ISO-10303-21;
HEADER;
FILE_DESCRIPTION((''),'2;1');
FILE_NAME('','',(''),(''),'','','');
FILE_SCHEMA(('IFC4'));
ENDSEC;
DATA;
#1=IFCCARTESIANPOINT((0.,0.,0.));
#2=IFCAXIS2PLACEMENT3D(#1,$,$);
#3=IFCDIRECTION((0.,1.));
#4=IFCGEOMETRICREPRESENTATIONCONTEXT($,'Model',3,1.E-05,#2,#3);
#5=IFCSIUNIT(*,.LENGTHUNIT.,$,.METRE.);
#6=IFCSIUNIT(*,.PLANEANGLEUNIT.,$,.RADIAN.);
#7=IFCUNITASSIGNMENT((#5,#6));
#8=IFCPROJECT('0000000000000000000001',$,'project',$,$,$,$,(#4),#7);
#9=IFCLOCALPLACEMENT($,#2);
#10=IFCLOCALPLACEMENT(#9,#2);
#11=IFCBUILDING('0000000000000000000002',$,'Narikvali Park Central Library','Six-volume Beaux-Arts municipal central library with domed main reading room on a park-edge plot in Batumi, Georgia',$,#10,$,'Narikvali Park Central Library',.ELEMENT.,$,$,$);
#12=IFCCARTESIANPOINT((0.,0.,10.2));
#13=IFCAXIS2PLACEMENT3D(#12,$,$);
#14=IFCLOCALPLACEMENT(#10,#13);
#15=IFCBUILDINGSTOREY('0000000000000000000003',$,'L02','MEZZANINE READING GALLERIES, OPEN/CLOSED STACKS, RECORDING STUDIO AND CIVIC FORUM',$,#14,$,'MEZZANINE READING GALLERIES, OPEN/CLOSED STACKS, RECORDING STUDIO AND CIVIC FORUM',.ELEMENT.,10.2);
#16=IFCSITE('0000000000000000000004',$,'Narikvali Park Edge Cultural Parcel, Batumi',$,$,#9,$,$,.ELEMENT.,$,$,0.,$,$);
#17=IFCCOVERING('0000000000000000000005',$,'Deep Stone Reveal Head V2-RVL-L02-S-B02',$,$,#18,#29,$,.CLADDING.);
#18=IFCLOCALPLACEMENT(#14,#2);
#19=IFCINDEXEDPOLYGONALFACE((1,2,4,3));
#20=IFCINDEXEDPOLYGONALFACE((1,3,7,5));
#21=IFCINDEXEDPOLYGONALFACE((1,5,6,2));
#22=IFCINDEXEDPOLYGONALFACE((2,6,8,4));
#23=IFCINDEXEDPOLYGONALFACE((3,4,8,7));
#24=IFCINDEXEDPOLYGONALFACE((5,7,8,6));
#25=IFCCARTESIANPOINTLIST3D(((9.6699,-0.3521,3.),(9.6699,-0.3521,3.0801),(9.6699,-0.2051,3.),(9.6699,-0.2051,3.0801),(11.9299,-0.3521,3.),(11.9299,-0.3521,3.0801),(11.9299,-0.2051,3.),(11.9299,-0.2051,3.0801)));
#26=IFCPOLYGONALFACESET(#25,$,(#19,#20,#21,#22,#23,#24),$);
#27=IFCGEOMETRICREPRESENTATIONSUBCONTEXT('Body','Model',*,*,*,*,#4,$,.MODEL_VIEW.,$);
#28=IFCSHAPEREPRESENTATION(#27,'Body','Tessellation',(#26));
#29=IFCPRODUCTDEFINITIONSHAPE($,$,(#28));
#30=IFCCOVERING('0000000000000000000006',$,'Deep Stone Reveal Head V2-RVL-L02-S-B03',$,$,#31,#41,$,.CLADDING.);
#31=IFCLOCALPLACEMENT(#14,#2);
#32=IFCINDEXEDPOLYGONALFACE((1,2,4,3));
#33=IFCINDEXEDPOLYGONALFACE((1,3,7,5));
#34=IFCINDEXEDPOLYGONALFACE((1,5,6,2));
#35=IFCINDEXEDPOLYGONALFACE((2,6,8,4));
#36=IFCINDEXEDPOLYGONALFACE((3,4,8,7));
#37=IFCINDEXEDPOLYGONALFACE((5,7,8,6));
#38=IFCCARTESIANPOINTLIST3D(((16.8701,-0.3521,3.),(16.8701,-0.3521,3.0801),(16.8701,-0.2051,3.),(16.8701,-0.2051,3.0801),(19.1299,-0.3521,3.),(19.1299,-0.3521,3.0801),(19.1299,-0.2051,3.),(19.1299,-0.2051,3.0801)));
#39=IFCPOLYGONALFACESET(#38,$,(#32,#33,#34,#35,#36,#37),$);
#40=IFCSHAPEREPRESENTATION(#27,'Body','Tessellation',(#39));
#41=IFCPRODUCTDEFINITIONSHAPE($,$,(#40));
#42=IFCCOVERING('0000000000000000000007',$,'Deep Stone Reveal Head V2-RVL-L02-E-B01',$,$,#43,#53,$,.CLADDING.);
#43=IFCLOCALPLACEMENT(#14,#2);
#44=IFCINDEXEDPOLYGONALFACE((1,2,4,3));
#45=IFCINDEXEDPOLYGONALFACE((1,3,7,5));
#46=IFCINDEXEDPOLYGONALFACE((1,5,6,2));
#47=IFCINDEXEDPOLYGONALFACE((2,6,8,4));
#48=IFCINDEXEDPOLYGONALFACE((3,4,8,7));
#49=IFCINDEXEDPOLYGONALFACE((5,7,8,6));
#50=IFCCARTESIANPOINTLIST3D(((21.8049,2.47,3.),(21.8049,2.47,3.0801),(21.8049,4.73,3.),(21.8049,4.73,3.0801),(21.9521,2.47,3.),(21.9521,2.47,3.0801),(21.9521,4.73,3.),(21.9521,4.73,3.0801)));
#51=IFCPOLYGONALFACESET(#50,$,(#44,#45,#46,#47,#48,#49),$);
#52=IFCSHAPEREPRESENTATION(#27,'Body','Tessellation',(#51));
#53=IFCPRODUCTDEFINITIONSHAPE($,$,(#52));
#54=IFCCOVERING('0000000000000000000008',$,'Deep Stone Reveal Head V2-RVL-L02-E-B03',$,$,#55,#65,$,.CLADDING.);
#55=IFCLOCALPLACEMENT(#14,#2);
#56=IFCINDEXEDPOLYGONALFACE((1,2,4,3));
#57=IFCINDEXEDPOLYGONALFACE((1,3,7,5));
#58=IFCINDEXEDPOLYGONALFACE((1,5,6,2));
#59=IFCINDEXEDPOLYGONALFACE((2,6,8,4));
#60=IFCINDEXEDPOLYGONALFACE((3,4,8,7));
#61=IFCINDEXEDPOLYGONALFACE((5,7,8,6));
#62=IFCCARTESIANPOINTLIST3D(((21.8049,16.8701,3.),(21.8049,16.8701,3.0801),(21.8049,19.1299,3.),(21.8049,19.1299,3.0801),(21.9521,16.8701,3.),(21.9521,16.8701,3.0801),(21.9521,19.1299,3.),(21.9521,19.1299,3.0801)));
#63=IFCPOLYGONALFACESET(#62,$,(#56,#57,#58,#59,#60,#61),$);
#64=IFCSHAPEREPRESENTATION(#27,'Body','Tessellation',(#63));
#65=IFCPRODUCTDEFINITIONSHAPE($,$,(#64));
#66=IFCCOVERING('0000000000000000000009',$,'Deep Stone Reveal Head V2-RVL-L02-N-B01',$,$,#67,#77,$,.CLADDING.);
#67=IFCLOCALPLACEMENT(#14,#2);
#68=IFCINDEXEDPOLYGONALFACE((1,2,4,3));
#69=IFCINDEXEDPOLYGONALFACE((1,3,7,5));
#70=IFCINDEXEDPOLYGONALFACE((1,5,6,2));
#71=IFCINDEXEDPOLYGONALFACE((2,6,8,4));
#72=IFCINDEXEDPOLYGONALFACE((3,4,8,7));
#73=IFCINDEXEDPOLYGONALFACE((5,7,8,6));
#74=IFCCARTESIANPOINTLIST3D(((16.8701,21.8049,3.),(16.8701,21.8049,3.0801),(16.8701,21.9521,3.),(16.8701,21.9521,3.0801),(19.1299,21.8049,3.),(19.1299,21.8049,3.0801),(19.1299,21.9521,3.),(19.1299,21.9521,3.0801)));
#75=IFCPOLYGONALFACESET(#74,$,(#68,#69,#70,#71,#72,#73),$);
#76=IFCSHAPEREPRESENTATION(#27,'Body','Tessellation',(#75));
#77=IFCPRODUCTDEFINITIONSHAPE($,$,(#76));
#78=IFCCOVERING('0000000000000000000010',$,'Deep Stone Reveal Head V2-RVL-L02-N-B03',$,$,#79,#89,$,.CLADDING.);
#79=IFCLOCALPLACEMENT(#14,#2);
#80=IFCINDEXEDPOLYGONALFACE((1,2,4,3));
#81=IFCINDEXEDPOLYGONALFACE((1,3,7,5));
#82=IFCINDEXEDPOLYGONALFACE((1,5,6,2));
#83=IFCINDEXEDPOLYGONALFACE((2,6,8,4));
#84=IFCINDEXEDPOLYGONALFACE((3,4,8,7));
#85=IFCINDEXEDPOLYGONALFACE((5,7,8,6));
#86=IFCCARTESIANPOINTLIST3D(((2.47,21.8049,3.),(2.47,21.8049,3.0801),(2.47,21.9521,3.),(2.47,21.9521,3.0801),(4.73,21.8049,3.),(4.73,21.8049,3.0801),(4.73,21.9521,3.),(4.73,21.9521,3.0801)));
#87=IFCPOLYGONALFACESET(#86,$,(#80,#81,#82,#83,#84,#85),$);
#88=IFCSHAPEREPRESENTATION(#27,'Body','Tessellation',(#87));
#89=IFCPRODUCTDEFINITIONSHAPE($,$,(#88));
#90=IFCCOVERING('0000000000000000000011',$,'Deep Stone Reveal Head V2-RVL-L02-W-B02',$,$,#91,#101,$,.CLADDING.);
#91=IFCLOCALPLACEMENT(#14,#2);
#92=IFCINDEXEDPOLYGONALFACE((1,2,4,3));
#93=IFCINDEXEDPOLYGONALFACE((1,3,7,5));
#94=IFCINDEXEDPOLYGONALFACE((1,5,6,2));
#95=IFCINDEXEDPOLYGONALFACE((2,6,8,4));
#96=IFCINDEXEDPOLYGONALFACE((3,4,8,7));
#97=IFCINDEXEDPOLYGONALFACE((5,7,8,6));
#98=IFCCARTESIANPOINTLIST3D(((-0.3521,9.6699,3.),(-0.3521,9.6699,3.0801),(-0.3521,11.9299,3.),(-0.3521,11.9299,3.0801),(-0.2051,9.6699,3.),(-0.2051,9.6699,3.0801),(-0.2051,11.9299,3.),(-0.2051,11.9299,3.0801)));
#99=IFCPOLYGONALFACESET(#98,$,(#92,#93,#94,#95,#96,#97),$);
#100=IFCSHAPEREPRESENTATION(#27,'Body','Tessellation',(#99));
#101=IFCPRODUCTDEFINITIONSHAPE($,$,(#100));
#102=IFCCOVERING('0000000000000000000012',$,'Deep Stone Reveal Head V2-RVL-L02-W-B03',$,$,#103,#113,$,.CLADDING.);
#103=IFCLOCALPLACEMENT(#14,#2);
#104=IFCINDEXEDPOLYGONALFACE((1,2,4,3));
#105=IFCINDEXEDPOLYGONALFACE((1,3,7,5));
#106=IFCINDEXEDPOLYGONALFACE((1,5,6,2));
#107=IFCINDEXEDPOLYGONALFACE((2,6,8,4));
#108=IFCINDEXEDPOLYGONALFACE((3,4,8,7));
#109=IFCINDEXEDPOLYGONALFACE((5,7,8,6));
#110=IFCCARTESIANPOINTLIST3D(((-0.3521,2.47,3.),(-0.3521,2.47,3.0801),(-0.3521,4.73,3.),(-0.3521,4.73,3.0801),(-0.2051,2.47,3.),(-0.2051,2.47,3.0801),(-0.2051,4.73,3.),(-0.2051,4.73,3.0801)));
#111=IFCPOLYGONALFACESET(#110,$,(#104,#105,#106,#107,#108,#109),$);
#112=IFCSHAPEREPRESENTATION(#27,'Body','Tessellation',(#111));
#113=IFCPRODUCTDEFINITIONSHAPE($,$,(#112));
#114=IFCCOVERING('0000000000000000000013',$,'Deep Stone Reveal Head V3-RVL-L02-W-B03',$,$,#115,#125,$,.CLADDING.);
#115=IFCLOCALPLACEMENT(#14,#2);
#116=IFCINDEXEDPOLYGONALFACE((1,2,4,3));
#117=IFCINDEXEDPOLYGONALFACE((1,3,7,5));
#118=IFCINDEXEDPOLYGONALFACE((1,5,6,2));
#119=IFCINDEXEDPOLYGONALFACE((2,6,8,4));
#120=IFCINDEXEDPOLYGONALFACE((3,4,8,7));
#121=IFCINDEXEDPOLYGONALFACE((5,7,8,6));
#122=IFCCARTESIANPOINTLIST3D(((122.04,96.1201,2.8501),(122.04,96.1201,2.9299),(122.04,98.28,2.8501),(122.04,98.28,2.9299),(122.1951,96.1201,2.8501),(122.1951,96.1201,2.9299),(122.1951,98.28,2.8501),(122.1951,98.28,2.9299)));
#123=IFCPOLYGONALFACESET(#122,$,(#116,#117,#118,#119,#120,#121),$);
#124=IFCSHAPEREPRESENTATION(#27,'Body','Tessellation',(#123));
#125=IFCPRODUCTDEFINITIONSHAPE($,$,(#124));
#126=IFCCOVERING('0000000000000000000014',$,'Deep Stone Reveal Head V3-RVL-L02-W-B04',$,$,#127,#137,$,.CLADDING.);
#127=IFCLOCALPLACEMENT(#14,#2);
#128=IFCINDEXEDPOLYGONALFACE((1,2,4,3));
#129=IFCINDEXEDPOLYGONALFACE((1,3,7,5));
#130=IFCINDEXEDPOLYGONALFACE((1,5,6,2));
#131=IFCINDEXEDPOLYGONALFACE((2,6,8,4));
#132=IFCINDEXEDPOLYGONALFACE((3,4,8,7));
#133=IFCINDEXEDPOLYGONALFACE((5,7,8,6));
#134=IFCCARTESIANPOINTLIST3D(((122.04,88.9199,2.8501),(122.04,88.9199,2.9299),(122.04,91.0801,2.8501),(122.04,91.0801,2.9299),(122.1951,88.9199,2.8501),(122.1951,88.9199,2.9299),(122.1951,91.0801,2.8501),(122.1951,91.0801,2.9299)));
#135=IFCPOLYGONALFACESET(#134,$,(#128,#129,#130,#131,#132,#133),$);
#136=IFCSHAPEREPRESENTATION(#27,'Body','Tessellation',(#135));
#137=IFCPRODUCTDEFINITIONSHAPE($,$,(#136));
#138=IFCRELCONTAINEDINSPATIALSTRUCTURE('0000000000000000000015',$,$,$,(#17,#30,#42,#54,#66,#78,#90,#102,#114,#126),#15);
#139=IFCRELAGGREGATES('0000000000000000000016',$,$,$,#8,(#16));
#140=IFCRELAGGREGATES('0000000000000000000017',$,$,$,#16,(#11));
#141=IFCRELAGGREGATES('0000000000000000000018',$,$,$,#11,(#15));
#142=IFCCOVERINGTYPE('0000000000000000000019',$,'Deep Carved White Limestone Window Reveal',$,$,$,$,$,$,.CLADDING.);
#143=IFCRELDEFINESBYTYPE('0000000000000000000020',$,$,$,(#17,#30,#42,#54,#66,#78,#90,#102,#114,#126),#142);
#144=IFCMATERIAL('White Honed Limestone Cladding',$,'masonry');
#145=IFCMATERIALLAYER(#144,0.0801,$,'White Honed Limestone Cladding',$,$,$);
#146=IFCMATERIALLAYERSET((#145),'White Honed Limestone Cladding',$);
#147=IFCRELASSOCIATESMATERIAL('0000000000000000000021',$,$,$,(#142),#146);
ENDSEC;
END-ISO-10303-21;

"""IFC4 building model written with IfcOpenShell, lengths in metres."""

from ifc_helpers import new_model, si_unit, direction, frame, origin, place, context, subcontext, project, spatial, polyline, outline, extrude, material, layer, layer_set, type_object, element, save


model = new_model("IFC4")

# Units and contexts
model_context = context("Model", 3, precision=1e-05, world=origin(), true_north=direction((0.0, 1.0)))
body_context = subcontext(model_context, "Body", "Model", "MODEL_VIEW")
ifc_project = project(units=[si_unit("LENGTHUNIT", "METRE"), si_unit("PLANEANGLEUNIT", "RADIAN")], contexts=[model_context])

# Site, building, storey
site_placement = place(None, origin())
site = spatial("IfcSite", under=ifc_project, at=site_placement, Name="Narikvali Park Edge Cultural Parcel, Batumi", CompositionType="ELEMENT", RefElevation=0.0)
building_placement = place(site_placement, origin())
building = spatial("IfcBuilding", under=site, at=building_placement, Name="Narikvali Park Central Library", Description="Six-volume Beaux-Arts municipal central library with domed main reading room on a park-edge plot in Batumi, Georgia", LongName="Narikvali Park Central Library", CompositionType="ELEMENT")
storey_placement = place(building_placement, frame((0.0, 0.0, 10.2)))
storey = spatial("IfcBuildingStorey", under=building, at=storey_placement, Name="L02", Description="MEZZANINE READING GALLERIES, OPEN/CLOSED STACKS, RECORDING STUDIO AND CIVIC FORUM", LongName="MEZZANINE READING GALLERIES, OPEN/CLOSED STACKS, RECORDING STUDIO AND CIVIC FORUM", CompositionType="ELEMENT", Elevation=10.2)

# Coverings
ifc_material = material(Name="White Honed Limestone Cladding", Category="masonry")
ifc_layer_1 = layer(ifc_material, 0.0801, Name="White Honed Limestone Cladding")
ifc_layer_set_1 = layer_set([ifc_layer_1], Name="White Honed Limestone Cladding")
covering_type_1 = type_object("IfcCoveringType", Name="Deep Carved White Limestone Window Reveal", PredefinedType="CLADDING", material=ifc_layer_set_1)
covering_1_placement = place(storey_placement, frame((0.0, 0.0, 3.0)))
element("IfcCovering", 1, at=covering_1_placement, inside=storey, type_object=covering_type_1, Name="Deep Stone Reveal Head V2-RVL-L02-S-B02", PredefinedType="CLADDING", context=body_context, shape_type="SweptSolid", body=[
    extrude(outline(polyline([(9.6699, -0.2051), (11.9299, -0.2051), (11.9299, -0.3521), (9.6699, -0.3521), (9.6699, -0.2051)])), origin(), (0.0, 0.0, 1.0), 0.0801),
])
covering_2_placement = place(storey_placement, frame((0.0, 0.0, 3.0)))
element("IfcCovering", 2, at=covering_2_placement, inside=storey, type_object=covering_type_1, Name="Deep Stone Reveal Head V2-RVL-L02-S-B03", PredefinedType="CLADDING", context=body_context, shape_type="SweptSolid", body=[
    extrude(outline(polyline([(16.8701, -0.2051), (19.1299, -0.2051), (19.1299, -0.3521), (16.8701, -0.3521), (16.8701, -0.2051)])), origin(), (0.0, 0.0, 1.0), 0.0801),
])
covering_3_placement = place(storey_placement, frame((0.0, 0.0, 3.0)))
element("IfcCovering", 3, at=covering_3_placement, inside=storey, type_object=covering_type_1, Name="Deep Stone Reveal Head V2-RVL-L02-E-B01", PredefinedType="CLADDING", context=body_context, shape_type="SweptSolid", body=[
    extrude(outline(polyline([(21.8049, 2.47), (21.8049, 4.73), (21.9521, 4.73), (21.9521, 2.47), (21.8049, 2.47)])), origin(), (0.0, 0.0, 1.0), 0.0801),
])
covering_4_placement = place(storey_placement, frame((0.0, 0.0, 3.0)))
element("IfcCovering", 4, at=covering_4_placement, inside=storey, type_object=covering_type_1, Name="Deep Stone Reveal Head V2-RVL-L02-E-B03", PredefinedType="CLADDING", context=body_context, shape_type="SweptSolid", body=[
    extrude(outline(polyline([(21.8049, 16.8701), (21.8049, 19.1299), (21.9521, 19.1299), (21.9521, 16.8701), (21.8049, 16.8701)])), origin(), (0.0, 0.0, 1.0), 0.0801),
])
covering_5_placement = place(storey_placement, frame((0.0, 0.0, 3.0)))
element("IfcCovering", 5, at=covering_5_placement, inside=storey, type_object=covering_type_1, Name="Deep Stone Reveal Head V2-RVL-L02-N-B01", PredefinedType="CLADDING", context=body_context, shape_type="SweptSolid", body=[
    extrude(outline(polyline([(19.1299, 21.8049), (16.8701, 21.8049), (16.8701, 21.9521), (19.1299, 21.9521), (19.1299, 21.8049)])), origin(), (0.0, 0.0, 1.0), 0.0801),
])
covering_6_placement = place(storey_placement, frame((0.0, 0.0, 3.0)))
element("IfcCovering", 6, at=covering_6_placement, inside=storey, type_object=covering_type_1, Name="Deep Stone Reveal Head V2-RVL-L02-N-B03", PredefinedType="CLADDING", context=body_context, shape_type="SweptSolid", body=[
    extrude(outline(polyline([(4.73, 21.8049), (2.47, 21.8049), (2.47, 21.9521), (4.73, 21.9521), (4.73, 21.8049)])), origin(), (0.0, 0.0, 1.0), 0.0801),
])
covering_7_placement = place(storey_placement, frame((0.0, 0.0, 3.0)))
element("IfcCovering", 7, at=covering_7_placement, inside=storey, type_object=covering_type_1, Name="Deep Stone Reveal Head V2-RVL-L02-W-B02", PredefinedType="CLADDING", context=body_context, shape_type="SweptSolid", body=[
    extrude(outline(polyline([(-0.2051, 11.9299), (-0.2051, 9.6699), (-0.3521, 9.6699), (-0.3521, 11.9299), (-0.2051, 11.9299)])), origin(), (0.0, 0.0, 1.0), 0.0801),
])
covering_8_placement = place(storey_placement, frame((0.0, 0.0, 3.0)))
element("IfcCovering", 8, at=covering_8_placement, inside=storey, type_object=covering_type_1, Name="Deep Stone Reveal Head V2-RVL-L02-W-B03", PredefinedType="CLADDING", context=body_context, shape_type="SweptSolid", body=[
    extrude(outline(polyline([(-0.2051, 4.73), (-0.2051, 2.47), (-0.3521, 2.47), (-0.3521, 4.73), (-0.2051, 4.73)])), origin(), (0.0, 0.0, 1.0), 0.0801),
])
covering_9_placement = place(storey_placement, frame((0.0, 0.0, 2.8501)))
element("IfcCovering", 9, at=covering_9_placement, inside=storey, type_object=covering_type_1, Name="Deep Stone Reveal Head V3-RVL-L02-W-B03", PredefinedType="CLADDING", context=body_context, shape_type="SweptSolid", body=[
    extrude(outline(polyline([(122.1951, 98.28), (122.1951, 96.1201), (122.04, 96.1201), (122.04, 98.28), (122.1951, 98.28)])), origin(), (0.0, 0.0, 1.0), 0.0798),
])
covering_10_placement = place(storey_placement, frame((0.0, 0.0, 2.8501)))
element("IfcCovering", 10, at=covering_10_placement, inside=storey, type_object=covering_type_1, Name="Deep Stone Reveal Head V3-RVL-L02-W-B04", PredefinedType="CLADDING", context=body_context, shape_type="SweptSolid", body=[
    extrude(outline(polyline([(122.1951, 91.0801), (122.1951, 88.9199), (122.04, 88.9199), (122.04, 91.0801), (122.1951, 91.0801)])), origin(), (0.0, 0.0, 1.0), 0.0798),
])

save(model, "model.ifc")
